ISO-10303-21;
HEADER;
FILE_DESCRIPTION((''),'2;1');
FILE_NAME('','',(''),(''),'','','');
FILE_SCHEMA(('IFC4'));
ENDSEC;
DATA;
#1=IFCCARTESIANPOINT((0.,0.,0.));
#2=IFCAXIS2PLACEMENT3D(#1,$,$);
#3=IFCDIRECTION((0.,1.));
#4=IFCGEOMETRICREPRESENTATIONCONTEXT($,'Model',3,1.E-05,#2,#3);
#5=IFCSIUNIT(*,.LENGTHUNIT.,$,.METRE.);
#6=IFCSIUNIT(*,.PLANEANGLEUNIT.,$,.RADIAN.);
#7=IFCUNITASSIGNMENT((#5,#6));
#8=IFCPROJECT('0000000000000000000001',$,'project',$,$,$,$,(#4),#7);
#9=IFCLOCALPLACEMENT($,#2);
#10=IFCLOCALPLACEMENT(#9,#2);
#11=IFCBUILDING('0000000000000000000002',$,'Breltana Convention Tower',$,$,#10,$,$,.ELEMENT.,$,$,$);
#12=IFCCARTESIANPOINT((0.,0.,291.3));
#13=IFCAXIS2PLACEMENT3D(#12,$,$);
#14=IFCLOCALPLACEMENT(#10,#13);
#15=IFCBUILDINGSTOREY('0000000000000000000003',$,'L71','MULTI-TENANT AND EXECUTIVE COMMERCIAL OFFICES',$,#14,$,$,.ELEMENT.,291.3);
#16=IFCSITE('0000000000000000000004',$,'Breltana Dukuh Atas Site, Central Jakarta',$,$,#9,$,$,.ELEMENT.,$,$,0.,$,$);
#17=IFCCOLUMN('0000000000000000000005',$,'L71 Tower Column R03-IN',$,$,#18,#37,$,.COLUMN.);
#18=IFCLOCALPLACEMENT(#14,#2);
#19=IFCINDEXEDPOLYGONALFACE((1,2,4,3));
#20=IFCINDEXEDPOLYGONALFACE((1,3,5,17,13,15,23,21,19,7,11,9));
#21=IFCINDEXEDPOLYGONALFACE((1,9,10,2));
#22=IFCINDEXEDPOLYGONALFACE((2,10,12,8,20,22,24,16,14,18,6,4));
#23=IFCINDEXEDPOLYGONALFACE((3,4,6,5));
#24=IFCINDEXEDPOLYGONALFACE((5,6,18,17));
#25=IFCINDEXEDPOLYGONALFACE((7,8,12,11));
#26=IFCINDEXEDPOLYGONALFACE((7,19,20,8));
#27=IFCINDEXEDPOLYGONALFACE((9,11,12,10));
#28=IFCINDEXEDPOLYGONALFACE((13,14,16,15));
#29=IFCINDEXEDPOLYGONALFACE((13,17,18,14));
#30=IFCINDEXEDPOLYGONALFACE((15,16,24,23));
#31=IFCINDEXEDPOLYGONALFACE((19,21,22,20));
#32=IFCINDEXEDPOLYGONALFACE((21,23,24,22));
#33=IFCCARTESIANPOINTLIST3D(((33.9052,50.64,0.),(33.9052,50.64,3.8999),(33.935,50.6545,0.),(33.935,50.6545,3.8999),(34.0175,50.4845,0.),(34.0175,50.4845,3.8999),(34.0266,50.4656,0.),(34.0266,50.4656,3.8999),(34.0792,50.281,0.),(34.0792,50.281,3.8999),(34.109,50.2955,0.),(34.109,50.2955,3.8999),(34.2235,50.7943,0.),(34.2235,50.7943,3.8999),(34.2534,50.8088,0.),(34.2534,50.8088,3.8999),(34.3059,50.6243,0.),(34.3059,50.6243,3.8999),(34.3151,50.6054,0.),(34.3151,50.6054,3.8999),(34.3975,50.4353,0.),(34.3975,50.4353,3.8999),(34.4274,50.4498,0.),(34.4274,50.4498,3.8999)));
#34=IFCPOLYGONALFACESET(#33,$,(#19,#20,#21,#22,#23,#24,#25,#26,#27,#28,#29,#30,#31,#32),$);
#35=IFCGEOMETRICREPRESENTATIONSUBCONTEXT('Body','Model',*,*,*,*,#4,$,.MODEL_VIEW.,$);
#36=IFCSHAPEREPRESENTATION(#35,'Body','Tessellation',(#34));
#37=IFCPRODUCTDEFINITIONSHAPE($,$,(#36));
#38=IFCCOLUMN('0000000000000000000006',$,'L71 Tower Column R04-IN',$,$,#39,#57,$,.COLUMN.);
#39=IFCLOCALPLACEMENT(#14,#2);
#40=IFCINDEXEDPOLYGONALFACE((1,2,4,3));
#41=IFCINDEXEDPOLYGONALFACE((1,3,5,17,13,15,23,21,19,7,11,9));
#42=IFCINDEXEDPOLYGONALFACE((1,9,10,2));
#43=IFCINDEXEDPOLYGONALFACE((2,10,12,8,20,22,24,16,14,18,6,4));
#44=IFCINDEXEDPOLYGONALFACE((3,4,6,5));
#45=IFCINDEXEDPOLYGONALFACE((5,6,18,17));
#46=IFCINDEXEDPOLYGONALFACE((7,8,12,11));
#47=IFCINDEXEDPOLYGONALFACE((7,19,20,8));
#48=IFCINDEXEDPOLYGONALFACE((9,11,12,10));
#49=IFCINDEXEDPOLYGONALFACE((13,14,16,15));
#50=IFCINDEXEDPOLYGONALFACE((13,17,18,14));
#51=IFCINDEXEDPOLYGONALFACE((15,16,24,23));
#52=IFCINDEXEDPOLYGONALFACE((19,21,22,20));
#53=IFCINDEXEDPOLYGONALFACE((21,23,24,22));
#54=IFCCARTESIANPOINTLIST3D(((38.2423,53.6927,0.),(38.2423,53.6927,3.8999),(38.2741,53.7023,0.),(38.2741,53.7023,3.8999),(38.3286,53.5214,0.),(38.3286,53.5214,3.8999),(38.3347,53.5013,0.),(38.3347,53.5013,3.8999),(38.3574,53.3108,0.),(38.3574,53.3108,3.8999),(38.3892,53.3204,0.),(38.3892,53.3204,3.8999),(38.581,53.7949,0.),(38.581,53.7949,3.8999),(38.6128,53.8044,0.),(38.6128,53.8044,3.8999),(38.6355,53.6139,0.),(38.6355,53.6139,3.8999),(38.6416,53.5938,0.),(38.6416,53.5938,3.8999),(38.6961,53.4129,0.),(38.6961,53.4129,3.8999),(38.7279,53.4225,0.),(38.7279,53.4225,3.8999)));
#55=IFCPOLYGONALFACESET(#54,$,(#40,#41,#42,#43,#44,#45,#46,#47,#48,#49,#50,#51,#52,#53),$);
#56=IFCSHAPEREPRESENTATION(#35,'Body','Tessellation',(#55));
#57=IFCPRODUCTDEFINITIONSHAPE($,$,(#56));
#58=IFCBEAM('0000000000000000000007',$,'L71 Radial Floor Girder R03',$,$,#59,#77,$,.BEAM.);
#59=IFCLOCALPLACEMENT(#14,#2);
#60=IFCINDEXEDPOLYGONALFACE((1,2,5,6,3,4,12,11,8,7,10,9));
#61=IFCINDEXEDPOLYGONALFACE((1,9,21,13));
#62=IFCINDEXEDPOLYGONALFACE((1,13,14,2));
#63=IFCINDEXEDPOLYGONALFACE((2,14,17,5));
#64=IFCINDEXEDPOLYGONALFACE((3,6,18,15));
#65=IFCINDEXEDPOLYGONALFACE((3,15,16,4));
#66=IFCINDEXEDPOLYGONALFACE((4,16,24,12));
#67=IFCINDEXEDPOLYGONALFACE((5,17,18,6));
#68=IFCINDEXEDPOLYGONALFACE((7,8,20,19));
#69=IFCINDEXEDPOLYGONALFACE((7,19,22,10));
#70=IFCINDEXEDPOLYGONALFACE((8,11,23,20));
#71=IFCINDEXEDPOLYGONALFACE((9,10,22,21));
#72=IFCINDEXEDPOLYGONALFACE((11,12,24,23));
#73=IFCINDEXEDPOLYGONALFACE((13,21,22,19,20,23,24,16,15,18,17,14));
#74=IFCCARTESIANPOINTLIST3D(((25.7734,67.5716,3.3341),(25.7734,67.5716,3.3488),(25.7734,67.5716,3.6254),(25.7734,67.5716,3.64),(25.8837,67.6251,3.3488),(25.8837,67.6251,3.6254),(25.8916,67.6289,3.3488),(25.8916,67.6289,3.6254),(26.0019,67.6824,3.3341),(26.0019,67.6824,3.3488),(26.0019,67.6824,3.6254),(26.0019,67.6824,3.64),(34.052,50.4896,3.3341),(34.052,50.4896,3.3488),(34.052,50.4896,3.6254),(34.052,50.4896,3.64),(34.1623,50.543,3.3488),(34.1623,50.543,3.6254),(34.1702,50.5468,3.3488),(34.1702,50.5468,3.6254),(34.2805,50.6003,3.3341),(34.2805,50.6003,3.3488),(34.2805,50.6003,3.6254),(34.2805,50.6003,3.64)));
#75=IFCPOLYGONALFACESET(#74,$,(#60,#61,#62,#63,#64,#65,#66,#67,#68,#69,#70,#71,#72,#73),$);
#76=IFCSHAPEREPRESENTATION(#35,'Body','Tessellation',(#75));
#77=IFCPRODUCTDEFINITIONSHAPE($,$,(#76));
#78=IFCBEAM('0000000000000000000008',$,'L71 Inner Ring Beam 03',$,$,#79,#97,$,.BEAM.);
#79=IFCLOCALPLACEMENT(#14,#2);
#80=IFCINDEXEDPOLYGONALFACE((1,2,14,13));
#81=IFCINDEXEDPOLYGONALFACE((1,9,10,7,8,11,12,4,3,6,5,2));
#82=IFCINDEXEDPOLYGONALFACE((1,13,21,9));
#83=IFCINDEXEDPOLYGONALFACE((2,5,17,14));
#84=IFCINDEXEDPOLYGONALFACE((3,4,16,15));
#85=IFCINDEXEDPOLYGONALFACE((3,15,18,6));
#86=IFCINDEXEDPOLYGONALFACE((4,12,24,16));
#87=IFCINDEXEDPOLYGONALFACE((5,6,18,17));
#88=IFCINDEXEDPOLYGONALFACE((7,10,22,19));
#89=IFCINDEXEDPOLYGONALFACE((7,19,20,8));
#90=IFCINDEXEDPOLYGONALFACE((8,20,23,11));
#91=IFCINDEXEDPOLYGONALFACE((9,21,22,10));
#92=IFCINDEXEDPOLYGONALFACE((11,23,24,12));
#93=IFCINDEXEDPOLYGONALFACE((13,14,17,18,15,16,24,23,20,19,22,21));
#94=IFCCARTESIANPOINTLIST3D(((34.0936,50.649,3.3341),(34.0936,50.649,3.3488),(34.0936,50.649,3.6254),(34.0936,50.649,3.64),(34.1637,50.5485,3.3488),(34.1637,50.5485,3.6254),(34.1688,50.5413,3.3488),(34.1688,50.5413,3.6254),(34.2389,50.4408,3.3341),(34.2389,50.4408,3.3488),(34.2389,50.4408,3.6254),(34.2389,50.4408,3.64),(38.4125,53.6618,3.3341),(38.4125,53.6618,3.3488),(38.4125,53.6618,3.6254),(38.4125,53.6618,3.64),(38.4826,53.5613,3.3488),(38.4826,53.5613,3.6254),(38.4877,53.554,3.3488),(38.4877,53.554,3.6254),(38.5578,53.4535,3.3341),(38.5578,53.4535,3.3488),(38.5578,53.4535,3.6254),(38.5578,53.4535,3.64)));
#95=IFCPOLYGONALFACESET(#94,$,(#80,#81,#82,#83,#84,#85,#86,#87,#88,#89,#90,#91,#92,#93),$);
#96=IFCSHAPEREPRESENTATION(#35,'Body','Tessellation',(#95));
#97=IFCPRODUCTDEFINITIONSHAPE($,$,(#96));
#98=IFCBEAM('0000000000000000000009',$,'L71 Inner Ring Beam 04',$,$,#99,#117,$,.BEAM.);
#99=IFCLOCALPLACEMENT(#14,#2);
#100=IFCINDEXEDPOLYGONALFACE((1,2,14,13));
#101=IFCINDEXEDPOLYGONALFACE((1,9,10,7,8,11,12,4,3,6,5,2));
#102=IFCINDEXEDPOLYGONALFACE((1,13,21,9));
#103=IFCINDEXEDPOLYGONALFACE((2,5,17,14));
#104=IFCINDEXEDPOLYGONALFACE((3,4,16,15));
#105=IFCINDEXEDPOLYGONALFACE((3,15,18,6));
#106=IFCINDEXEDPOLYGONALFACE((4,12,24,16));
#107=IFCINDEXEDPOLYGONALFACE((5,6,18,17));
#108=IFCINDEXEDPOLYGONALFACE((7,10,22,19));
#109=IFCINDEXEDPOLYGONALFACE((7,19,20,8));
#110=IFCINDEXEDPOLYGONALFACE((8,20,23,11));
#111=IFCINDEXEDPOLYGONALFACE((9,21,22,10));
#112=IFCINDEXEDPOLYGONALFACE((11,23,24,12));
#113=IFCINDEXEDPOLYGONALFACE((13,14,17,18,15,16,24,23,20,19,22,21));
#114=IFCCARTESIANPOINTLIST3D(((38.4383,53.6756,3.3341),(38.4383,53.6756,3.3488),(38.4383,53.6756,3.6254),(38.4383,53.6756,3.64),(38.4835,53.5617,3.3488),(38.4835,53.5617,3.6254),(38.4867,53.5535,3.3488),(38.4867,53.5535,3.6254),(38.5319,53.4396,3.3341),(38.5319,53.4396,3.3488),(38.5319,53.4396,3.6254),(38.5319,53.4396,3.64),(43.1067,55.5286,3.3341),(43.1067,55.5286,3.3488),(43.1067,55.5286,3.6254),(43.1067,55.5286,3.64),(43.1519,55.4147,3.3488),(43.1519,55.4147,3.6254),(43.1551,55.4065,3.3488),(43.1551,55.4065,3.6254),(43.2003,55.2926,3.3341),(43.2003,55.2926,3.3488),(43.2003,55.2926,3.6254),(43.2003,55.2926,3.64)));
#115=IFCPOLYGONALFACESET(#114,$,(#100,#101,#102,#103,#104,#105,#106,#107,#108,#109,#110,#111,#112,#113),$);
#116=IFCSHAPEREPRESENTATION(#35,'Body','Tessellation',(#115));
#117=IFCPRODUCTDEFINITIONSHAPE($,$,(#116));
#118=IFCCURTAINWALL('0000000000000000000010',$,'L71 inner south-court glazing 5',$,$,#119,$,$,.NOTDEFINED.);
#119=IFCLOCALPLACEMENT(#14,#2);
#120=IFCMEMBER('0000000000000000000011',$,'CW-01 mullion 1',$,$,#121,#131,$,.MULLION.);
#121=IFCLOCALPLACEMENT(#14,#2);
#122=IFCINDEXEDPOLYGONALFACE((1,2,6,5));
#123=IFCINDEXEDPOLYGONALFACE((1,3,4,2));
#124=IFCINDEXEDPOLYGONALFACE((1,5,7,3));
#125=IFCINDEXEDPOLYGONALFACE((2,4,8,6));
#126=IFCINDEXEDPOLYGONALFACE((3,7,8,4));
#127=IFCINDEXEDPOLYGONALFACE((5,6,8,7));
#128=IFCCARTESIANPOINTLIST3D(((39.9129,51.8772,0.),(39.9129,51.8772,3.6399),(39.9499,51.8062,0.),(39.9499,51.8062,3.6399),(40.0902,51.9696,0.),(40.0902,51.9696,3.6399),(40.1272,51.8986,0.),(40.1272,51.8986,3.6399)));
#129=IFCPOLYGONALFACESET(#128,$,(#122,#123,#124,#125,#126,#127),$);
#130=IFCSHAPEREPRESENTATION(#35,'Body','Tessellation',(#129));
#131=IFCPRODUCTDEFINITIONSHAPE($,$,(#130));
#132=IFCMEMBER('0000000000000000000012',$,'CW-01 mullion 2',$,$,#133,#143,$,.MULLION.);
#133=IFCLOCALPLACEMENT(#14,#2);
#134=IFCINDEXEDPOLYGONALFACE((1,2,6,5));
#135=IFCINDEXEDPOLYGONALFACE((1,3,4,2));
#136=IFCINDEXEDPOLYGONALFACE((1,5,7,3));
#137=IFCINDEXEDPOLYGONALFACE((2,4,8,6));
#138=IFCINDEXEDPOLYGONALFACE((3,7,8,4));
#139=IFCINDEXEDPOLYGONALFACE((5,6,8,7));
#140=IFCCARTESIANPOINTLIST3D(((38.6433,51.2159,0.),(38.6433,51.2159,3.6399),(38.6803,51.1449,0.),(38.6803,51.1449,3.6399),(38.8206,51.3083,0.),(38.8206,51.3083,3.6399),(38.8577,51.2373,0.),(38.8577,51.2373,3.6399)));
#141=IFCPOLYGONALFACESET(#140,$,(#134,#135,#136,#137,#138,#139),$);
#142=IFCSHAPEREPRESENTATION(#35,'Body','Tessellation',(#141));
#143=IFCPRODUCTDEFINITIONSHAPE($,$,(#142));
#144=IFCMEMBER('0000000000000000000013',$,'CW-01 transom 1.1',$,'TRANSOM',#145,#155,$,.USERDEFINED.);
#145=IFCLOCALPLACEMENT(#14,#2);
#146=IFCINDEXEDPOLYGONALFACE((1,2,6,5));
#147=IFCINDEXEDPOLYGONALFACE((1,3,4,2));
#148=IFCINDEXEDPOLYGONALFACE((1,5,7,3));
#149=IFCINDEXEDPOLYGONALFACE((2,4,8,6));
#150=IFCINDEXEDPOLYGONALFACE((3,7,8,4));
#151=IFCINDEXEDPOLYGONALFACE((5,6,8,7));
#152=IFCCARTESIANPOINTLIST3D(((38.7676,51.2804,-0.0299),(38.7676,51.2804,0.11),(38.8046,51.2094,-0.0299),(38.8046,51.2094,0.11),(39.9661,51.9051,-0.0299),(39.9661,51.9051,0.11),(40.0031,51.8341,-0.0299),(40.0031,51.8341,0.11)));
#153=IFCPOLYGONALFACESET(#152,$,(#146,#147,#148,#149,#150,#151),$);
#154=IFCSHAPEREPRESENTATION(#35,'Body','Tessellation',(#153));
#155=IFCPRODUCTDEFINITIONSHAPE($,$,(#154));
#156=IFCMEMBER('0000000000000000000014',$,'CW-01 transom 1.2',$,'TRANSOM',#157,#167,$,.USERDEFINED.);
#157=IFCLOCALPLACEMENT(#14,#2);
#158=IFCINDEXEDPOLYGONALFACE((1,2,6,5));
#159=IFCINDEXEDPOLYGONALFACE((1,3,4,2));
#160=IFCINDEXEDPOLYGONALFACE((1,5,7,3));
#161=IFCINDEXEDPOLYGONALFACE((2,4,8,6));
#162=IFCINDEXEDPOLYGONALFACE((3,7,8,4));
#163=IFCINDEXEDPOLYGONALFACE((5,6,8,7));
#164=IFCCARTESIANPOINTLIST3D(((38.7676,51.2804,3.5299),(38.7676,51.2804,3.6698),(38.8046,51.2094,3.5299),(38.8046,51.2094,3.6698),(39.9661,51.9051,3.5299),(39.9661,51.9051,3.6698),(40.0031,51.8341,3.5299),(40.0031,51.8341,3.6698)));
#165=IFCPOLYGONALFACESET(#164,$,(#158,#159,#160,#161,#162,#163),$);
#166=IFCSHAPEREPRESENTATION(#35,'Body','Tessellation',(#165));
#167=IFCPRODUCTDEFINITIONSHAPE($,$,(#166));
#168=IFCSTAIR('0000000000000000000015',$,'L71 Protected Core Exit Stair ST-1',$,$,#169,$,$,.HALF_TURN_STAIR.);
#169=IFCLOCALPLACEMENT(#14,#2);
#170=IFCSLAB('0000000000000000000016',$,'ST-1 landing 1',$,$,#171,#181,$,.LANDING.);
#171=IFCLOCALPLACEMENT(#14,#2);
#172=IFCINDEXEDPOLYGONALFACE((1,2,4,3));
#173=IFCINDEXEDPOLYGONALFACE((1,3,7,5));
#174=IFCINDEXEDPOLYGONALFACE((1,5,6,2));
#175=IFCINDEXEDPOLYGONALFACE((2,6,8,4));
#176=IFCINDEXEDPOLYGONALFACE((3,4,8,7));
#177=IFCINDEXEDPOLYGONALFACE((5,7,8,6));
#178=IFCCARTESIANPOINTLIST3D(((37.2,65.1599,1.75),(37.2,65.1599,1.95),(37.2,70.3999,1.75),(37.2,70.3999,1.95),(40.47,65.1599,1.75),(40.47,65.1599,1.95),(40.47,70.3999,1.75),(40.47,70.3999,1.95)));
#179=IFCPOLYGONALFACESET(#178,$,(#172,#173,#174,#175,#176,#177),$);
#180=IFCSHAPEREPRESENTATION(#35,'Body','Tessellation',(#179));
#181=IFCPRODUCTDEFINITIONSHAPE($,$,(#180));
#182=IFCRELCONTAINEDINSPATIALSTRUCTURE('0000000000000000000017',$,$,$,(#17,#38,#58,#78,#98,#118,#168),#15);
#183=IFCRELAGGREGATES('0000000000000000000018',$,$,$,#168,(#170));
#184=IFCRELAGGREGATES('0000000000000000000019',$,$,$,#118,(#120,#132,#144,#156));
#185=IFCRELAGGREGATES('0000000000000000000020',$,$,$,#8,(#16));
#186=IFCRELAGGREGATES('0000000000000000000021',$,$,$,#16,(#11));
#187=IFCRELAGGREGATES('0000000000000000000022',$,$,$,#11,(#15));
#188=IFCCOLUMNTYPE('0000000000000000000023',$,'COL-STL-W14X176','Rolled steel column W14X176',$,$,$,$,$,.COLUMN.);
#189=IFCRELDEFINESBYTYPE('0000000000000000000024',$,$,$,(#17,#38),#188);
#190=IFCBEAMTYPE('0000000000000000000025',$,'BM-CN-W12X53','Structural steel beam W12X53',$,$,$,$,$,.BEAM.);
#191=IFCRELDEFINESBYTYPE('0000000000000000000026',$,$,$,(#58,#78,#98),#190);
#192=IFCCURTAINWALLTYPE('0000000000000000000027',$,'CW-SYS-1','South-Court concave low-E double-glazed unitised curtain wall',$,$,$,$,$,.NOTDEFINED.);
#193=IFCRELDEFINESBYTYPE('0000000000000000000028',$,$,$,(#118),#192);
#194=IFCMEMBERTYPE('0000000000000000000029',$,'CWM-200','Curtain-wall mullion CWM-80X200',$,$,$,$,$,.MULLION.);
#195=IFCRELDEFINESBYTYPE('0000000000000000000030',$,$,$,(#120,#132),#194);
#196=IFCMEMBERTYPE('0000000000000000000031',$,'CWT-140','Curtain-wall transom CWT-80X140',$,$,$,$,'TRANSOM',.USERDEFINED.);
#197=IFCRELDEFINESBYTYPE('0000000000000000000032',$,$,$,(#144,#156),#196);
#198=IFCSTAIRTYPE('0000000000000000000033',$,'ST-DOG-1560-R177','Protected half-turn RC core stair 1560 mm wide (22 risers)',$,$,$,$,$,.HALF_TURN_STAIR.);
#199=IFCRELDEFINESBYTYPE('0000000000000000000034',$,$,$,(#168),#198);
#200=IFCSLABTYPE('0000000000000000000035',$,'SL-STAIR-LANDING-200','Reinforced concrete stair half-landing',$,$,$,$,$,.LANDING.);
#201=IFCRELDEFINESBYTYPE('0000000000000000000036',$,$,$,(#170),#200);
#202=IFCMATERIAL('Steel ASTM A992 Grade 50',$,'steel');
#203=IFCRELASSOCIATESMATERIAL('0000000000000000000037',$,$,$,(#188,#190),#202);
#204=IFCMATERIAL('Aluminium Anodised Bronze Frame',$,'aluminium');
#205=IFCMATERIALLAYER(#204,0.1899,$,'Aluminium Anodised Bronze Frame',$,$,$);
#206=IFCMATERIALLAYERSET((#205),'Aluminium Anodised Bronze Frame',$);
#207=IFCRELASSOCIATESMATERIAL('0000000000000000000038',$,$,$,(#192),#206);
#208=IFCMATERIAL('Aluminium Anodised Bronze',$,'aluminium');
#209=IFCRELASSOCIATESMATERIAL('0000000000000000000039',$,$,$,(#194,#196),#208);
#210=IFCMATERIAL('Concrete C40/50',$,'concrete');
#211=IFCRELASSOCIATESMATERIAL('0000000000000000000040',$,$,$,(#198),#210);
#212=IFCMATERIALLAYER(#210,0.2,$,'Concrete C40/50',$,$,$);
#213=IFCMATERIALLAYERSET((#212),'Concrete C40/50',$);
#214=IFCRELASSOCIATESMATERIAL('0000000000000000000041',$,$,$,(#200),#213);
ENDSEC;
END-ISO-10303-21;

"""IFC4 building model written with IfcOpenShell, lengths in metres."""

from ifc_helpers import new_model, si_unit, direction, frame, origin, origin_2d, place, context, subcontext, project, spatial, polyline, rectangle, i_section, outline, extrude, source, transform, mapped, material, layer, layer_set, material_profile, profile_set, type_object, type_shapes, element, aggregate, save


model = new_model("IFC4")

# Units and contexts
model_context = context("Model", 3, precision=1e-05, world=origin(), true_north=direction((0.0, 1.0)))
body_context = subcontext(model_context, "Body", "Model", "MODEL_VIEW")
ifc_project = project(units=[si_unit("LENGTHUNIT", "METRE"), si_unit("PLANEANGLEUNIT", "RADIAN")], contexts=[model_context])

# Site, building, storey
site_placement = place(None, origin())
site = spatial("IfcSite", under=ifc_project, at=site_placement, Name="Breltana Dukuh Atas Site, Central Jakarta", CompositionType="ELEMENT", RefElevation=0.0)
building_placement = place(site_placement, origin())
building = spatial("IfcBuilding", under=site, at=building_placement, Name="Breltana Convention Tower", CompositionType="ELEMENT")
storey_placement = place(building_placement, frame((0.0, 0.0, 291.3)))
storey = spatial("IfcBuildingStorey", under=building, at=storey_placement, Name="L71", Description="MULTI-TENANT AND EXECUTIVE COMMERCIAL OFFICES", CompositionType="ELEMENT", Elevation=291.3)

# Columns
ifc_material_1 = material(Name="Steel ASTM A992 Grade 50", Category="steel")
ifc_material_profile_1 = material_profile(ifc_material_1, i_section(OverallWidth=0.3989, OverallDepth=0.387, WebThickness=0.021, FlangeThickness=0.0332, at=origin_2d()), Name="W14X176")
ifc_profile_set_1 = profile_set([ifc_material_profile_1], Name="Steel ASTM A992 Grade 50")
column_type = type_object("IfcColumnType", Name="COL-STL-W14X176", Description="Rolled steel column W14X176", PredefinedType="COLUMN", material=ifc_profile_set_1)
shared_shape_1 = source(origin(), body_context, "Body", "SweptSolid", [
    extrude(i_section(OverallWidth=0.3989, OverallDepth=0.387, WebThickness=0.021, FlangeThickness=0.0332, at=origin_2d()), origin(), (0.0, 0.0, 1.0), 3.8999),
])
type_shapes(column_type, [shared_shape_1])
for number, where, z_axis, x_axis, name in (
    (1, (34.1663, 50.5449, 0.0), (0.0, 0.0, 1.0), (-0.436174, 0.899863, 0.0), "L71 Tower Column R03-IN"),
    (2, (38.4851, 53.5576, 0.0), (0.0, 0.0, 1.0), (-0.288698, 0.95742, 0.0), "L71 Tower Column R04-IN"),
):
    element("IfcColumn", number, at=place(storey_placement, frame(where, z_axis=z_axis, x_axis=x_axis)), inside=storey, type_object=column_type, Name=name, PredefinedType="COLUMN", context=body_context, shape_type="MappedRepresentation", body=[
        mapped(shared_shape_1, transform((0.0, 0.0, 0.0), scale=1.0)),
    ])

# Beams
ifc_material_profile_2 = material_profile(ifc_material_1, i_section(OverallWidth=0.2539, OverallDepth=0.3059, WebThickness=0.0088, FlangeThickness=0.0146, at=origin_2d()), Name="W12X53")
ifc_profile_set_2 = profile_set([ifc_material_profile_2], Name="Steel ASTM A992 Grade 50")
beam_type = type_object("IfcBeamType", Name="BM-CN-W12X53", Description="Structural steel beam W12X53", PredefinedType="BEAM", material=ifc_profile_set_2)
shared_shape_2 = source(origin(), body_context, "Body", "SweptSolid", [
    extrude(i_section(OverallWidth=0.2539, OverallDepth=0.3059, WebThickness=0.0088, FlangeThickness=0.0146, at=origin_2d()), origin(), (0.0, 0.0, 1.0), 18.9824),
])
beam_1_placement = place(storey_placement, frame((34.1663, 50.5449, 3.4871), z_axis=(-0.436119, 0.899889, 0.0), x_axis=(-0.899889, -0.436119, 0.0)))
element("IfcBeam", 3, at=beam_1_placement, inside=storey, type_object=beam_type, Name="L71 Radial Floor Girder R03", PredefinedType="BEAM", context=body_context, shape_type="MappedRepresentation", body=[
    mapped(shared_shape_2, transform((0.0, 0.0, 0.0), scale=1.0)),
])
shared_shape_3 = source(origin(), body_context, "Body", "SweptSolid", [
    extrude(i_section(OverallWidth=0.2539, OverallDepth=0.3059, WebThickness=0.0088, FlangeThickness=0.0146, at=origin_2d()), origin(), (0.0, 0.0, 1.0), 5.2659),
])
beam_2_placement = place(storey_placement, frame((34.1663, 50.5449, 3.4871), z_axis=(0.820167, 0.572124, 0.0), x_axis=(-0.572124, 0.820167, 0.0)))
element("IfcBeam", 4, at=beam_2_placement, inside=storey, type_object=beam_type, Name="L71 Inner Ring Beam 03", PredefinedType="BEAM", context=body_context, shape_type="MappedRepresentation", body=[
    mapped(shared_shape_3, transform((0.0, 0.0, 0.0), scale=1.0)),
])
shared_shape_4 = source(origin(), body_context, "Body", "SweptSolid", [
    extrude(i_section(OverallWidth=0.2539, OverallDepth=0.3059, WebThickness=0.0088, FlangeThickness=0.0146, at=origin_2d()), origin(), (0.0, 0.0, 1.0), 5.0227),
])
beam_3_placement = place(storey_placement, frame((38.4851, 53.5576, 3.4871), z_axis=(0.929459, 0.368926, 0.0), x_axis=(-0.368926, 0.929459, 0.0)))
element("IfcBeam", 5, at=beam_3_placement, inside=storey, type_object=beam_type, Name="L71 Inner Ring Beam 04", PredefinedType="BEAM", context=body_context, shape_type="MappedRepresentation", body=[
    mapped(shared_shape_4, transform((0.0, 0.0, 0.0), scale=1.0)),
])

# Curtain wall, members
ifc_material_2 = material(Name="Aluminium Anodised Bronze Frame", Category="aluminium")
ifc_layer_1 = layer(ifc_material_2, 0.1899, Name="Aluminium Anodised Bronze Frame")
ifc_layer_set_1 = layer_set([ifc_layer_1], Name="Aluminium Anodised Bronze Frame")
curtain_wall_type = type_object("IfcCurtainWallType", Name="CW-SYS-1", Description="South-Court concave low-E double-glazed unitised curtain wall", PredefinedType="NOTDEFINED", material=ifc_layer_set_1)
curtain_wall_placement = place(storey_placement, origin())
curtain_wall = element("IfcCurtainWall", 6, at=curtain_wall_placement, inside=storey, type_object=curtain_wall_type, Name="L71 inner south-court glazing 5", PredefinedType="NOTDEFINED")
ifc_material_3 = material(Name="Aluminium Anodised Bronze", Category="aluminium")
ifc_material_profile_3 = material_profile(ifc_material_3, rectangle(XDim=0.0801, YDim=0.2, at=origin_2d()), Name="CWM-80X200")
ifc_profile_set_3 = profile_set([ifc_material_profile_3], Name="Aluminium Anodised Bronze")
member_type_1 = type_object("IfcMemberType", Name="CWM-200", Description="Curtain-wall mullion CWM-80X200", PredefinedType="MULLION", material=ifc_profile_set_3)
shared_shape_5 = source(origin(), body_context, "Body", "SweptSolid", [
    extrude(rectangle(XDim=0.0801, YDim=0.2, at=origin_2d()), origin(), (0.0, 0.0, 1.0), 3.6399),
])
member_1_placement = place(storey_placement, frame((40.02, 51.8879, 0.0), z_axis=(0.0, 0.0, 1.0), x_axis=(0.462102, -0.886827, 0.0)))
member_1 = element("IfcMember", 7, at=member_1_placement, type_object=member_type_1, Name="CW-01 mullion 1", PredefinedType="MULLION", context=body_context, shape_type="MappedRepresentation", body=[
    mapped(shared_shape_5, transform((0.0, 0.0, 0.0), scale=1.0)),
])
member_2_placement = place(storey_placement, frame((38.7505, 51.2266, 0.0), z_axis=(0.0, 0.0, 1.0), x_axis=(0.462102, -0.886827, 0.0)))
member_2 = element("IfcMember", 8, at=member_2_placement, type_object=member_type_1, Name="CW-01 mullion 2", PredefinedType="MULLION", context=body_context, shape_type="MappedRepresentation", body=[
    mapped(shared_shape_5, transform((0.0, 0.0, 0.0), scale=1.0)),
])
ifc_material_profile_4 = material_profile(ifc_material_3, rectangle(XDim=0.0801, YDim=0.1399, at=origin_2d()), Name="CWT-80X140")
ifc_profile_set_4 = profile_set([ifc_material_profile_4], Name="Aluminium Anodised Bronze")
member_type_2 = type_object("IfcMemberType", Name="CWT-140", Description="Curtain-wall transom CWT-80X140", ElementType="TRANSOM", PredefinedType="USERDEFINED", material=ifc_profile_set_4)
shared_shape_6 = source(origin(), body_context, "Body", "SweptSolid", [
    extrude(rectangle(XDim=0.0801, YDim=0.1399, at=origin_2d()), origin(), (0.0, 0.0, 1.0), 1.3516),
])
member_3_placement = place(storey_placement, frame((39.9846, 51.8696, 0.04), z_axis=(-0.886749, -0.462251, 0.0), x_axis=(0.462251, -0.886749, 0.0)))
member_3 = element("IfcMember", 9, at=member_3_placement, type_object=member_type_2, Name="CW-01 transom 1.1", ObjectType="TRANSOM", PredefinedType="USERDEFINED", context=body_context, shape_type="MappedRepresentation", body=[
    mapped(shared_shape_6, transform((0.0, 0.0, 0.0), scale=1.0)),
])
member_4_placement = place(storey_placement, frame((39.9846, 51.8696, 3.5999), z_axis=(-0.886749, -0.462251, 0.0), x_axis=(0.462251, -0.886749, 0.0)))
member_4 = element("IfcMember", 10, at=member_4_placement, type_object=member_type_2, Name="CW-01 transom 1.2", ObjectType="TRANSOM", PredefinedType="USERDEFINED", context=body_context, shape_type="MappedRepresentation", body=[
    mapped(shared_shape_6, transform((0.0, 0.0, 0.0), scale=1.0)),
])

# Stair, slab
ifc_material_4 = material(Name="Concrete C40/50", Category="concrete")
stair_type = type_object("IfcStairType", Name="ST-DOG-1560-R177", Description="Protected half-turn RC core stair 1560 mm wide (22 risers)", PredefinedType="HALF_TURN_STAIR", material=ifc_material_4)
stair_1_placement = place(storey_placement, origin())
stair_1 = element("IfcStair", 11, at=stair_1_placement, inside=storey, type_object=stair_type, Name="L71 Protected Core Exit Stair ST-1", PredefinedType="HALF_TURN_STAIR")
ifc_layer_2 = layer(ifc_material_4, 0.2, Name="Concrete C40/50")
ifc_layer_set_2 = layer_set([ifc_layer_2], Name="Concrete C40/50")
slab_type_1 = type_object("IfcSlabType", Name="SL-STAIR-LANDING-200", Description="Reinforced concrete stair half-landing", PredefinedType="LANDING", material=ifc_layer_set_2)
slab_1_placement = place(storey_placement, frame((0.0, 0.0, 1.75)))
slab_1 = element("IfcSlab", 12, at=slab_1_placement, type_object=slab_type_1, Name="ST-1 landing 1", PredefinedType="LANDING", context=body_context, shape_type="SweptSolid", body=[
    extrude(outline(polyline([(40.47, 65.1599), (40.47, 70.3999), (37.2, 70.3999), (37.2, 65.1599), (40.47, 65.1599)])), origin(), (0.0, 0.0, 1.0), 0.2),
])
aggregate(stair_1, [slab_1])

aggregate(curtain_wall, [member_1, member_2, member_3, member_4])

save(model, "model.ifc")
